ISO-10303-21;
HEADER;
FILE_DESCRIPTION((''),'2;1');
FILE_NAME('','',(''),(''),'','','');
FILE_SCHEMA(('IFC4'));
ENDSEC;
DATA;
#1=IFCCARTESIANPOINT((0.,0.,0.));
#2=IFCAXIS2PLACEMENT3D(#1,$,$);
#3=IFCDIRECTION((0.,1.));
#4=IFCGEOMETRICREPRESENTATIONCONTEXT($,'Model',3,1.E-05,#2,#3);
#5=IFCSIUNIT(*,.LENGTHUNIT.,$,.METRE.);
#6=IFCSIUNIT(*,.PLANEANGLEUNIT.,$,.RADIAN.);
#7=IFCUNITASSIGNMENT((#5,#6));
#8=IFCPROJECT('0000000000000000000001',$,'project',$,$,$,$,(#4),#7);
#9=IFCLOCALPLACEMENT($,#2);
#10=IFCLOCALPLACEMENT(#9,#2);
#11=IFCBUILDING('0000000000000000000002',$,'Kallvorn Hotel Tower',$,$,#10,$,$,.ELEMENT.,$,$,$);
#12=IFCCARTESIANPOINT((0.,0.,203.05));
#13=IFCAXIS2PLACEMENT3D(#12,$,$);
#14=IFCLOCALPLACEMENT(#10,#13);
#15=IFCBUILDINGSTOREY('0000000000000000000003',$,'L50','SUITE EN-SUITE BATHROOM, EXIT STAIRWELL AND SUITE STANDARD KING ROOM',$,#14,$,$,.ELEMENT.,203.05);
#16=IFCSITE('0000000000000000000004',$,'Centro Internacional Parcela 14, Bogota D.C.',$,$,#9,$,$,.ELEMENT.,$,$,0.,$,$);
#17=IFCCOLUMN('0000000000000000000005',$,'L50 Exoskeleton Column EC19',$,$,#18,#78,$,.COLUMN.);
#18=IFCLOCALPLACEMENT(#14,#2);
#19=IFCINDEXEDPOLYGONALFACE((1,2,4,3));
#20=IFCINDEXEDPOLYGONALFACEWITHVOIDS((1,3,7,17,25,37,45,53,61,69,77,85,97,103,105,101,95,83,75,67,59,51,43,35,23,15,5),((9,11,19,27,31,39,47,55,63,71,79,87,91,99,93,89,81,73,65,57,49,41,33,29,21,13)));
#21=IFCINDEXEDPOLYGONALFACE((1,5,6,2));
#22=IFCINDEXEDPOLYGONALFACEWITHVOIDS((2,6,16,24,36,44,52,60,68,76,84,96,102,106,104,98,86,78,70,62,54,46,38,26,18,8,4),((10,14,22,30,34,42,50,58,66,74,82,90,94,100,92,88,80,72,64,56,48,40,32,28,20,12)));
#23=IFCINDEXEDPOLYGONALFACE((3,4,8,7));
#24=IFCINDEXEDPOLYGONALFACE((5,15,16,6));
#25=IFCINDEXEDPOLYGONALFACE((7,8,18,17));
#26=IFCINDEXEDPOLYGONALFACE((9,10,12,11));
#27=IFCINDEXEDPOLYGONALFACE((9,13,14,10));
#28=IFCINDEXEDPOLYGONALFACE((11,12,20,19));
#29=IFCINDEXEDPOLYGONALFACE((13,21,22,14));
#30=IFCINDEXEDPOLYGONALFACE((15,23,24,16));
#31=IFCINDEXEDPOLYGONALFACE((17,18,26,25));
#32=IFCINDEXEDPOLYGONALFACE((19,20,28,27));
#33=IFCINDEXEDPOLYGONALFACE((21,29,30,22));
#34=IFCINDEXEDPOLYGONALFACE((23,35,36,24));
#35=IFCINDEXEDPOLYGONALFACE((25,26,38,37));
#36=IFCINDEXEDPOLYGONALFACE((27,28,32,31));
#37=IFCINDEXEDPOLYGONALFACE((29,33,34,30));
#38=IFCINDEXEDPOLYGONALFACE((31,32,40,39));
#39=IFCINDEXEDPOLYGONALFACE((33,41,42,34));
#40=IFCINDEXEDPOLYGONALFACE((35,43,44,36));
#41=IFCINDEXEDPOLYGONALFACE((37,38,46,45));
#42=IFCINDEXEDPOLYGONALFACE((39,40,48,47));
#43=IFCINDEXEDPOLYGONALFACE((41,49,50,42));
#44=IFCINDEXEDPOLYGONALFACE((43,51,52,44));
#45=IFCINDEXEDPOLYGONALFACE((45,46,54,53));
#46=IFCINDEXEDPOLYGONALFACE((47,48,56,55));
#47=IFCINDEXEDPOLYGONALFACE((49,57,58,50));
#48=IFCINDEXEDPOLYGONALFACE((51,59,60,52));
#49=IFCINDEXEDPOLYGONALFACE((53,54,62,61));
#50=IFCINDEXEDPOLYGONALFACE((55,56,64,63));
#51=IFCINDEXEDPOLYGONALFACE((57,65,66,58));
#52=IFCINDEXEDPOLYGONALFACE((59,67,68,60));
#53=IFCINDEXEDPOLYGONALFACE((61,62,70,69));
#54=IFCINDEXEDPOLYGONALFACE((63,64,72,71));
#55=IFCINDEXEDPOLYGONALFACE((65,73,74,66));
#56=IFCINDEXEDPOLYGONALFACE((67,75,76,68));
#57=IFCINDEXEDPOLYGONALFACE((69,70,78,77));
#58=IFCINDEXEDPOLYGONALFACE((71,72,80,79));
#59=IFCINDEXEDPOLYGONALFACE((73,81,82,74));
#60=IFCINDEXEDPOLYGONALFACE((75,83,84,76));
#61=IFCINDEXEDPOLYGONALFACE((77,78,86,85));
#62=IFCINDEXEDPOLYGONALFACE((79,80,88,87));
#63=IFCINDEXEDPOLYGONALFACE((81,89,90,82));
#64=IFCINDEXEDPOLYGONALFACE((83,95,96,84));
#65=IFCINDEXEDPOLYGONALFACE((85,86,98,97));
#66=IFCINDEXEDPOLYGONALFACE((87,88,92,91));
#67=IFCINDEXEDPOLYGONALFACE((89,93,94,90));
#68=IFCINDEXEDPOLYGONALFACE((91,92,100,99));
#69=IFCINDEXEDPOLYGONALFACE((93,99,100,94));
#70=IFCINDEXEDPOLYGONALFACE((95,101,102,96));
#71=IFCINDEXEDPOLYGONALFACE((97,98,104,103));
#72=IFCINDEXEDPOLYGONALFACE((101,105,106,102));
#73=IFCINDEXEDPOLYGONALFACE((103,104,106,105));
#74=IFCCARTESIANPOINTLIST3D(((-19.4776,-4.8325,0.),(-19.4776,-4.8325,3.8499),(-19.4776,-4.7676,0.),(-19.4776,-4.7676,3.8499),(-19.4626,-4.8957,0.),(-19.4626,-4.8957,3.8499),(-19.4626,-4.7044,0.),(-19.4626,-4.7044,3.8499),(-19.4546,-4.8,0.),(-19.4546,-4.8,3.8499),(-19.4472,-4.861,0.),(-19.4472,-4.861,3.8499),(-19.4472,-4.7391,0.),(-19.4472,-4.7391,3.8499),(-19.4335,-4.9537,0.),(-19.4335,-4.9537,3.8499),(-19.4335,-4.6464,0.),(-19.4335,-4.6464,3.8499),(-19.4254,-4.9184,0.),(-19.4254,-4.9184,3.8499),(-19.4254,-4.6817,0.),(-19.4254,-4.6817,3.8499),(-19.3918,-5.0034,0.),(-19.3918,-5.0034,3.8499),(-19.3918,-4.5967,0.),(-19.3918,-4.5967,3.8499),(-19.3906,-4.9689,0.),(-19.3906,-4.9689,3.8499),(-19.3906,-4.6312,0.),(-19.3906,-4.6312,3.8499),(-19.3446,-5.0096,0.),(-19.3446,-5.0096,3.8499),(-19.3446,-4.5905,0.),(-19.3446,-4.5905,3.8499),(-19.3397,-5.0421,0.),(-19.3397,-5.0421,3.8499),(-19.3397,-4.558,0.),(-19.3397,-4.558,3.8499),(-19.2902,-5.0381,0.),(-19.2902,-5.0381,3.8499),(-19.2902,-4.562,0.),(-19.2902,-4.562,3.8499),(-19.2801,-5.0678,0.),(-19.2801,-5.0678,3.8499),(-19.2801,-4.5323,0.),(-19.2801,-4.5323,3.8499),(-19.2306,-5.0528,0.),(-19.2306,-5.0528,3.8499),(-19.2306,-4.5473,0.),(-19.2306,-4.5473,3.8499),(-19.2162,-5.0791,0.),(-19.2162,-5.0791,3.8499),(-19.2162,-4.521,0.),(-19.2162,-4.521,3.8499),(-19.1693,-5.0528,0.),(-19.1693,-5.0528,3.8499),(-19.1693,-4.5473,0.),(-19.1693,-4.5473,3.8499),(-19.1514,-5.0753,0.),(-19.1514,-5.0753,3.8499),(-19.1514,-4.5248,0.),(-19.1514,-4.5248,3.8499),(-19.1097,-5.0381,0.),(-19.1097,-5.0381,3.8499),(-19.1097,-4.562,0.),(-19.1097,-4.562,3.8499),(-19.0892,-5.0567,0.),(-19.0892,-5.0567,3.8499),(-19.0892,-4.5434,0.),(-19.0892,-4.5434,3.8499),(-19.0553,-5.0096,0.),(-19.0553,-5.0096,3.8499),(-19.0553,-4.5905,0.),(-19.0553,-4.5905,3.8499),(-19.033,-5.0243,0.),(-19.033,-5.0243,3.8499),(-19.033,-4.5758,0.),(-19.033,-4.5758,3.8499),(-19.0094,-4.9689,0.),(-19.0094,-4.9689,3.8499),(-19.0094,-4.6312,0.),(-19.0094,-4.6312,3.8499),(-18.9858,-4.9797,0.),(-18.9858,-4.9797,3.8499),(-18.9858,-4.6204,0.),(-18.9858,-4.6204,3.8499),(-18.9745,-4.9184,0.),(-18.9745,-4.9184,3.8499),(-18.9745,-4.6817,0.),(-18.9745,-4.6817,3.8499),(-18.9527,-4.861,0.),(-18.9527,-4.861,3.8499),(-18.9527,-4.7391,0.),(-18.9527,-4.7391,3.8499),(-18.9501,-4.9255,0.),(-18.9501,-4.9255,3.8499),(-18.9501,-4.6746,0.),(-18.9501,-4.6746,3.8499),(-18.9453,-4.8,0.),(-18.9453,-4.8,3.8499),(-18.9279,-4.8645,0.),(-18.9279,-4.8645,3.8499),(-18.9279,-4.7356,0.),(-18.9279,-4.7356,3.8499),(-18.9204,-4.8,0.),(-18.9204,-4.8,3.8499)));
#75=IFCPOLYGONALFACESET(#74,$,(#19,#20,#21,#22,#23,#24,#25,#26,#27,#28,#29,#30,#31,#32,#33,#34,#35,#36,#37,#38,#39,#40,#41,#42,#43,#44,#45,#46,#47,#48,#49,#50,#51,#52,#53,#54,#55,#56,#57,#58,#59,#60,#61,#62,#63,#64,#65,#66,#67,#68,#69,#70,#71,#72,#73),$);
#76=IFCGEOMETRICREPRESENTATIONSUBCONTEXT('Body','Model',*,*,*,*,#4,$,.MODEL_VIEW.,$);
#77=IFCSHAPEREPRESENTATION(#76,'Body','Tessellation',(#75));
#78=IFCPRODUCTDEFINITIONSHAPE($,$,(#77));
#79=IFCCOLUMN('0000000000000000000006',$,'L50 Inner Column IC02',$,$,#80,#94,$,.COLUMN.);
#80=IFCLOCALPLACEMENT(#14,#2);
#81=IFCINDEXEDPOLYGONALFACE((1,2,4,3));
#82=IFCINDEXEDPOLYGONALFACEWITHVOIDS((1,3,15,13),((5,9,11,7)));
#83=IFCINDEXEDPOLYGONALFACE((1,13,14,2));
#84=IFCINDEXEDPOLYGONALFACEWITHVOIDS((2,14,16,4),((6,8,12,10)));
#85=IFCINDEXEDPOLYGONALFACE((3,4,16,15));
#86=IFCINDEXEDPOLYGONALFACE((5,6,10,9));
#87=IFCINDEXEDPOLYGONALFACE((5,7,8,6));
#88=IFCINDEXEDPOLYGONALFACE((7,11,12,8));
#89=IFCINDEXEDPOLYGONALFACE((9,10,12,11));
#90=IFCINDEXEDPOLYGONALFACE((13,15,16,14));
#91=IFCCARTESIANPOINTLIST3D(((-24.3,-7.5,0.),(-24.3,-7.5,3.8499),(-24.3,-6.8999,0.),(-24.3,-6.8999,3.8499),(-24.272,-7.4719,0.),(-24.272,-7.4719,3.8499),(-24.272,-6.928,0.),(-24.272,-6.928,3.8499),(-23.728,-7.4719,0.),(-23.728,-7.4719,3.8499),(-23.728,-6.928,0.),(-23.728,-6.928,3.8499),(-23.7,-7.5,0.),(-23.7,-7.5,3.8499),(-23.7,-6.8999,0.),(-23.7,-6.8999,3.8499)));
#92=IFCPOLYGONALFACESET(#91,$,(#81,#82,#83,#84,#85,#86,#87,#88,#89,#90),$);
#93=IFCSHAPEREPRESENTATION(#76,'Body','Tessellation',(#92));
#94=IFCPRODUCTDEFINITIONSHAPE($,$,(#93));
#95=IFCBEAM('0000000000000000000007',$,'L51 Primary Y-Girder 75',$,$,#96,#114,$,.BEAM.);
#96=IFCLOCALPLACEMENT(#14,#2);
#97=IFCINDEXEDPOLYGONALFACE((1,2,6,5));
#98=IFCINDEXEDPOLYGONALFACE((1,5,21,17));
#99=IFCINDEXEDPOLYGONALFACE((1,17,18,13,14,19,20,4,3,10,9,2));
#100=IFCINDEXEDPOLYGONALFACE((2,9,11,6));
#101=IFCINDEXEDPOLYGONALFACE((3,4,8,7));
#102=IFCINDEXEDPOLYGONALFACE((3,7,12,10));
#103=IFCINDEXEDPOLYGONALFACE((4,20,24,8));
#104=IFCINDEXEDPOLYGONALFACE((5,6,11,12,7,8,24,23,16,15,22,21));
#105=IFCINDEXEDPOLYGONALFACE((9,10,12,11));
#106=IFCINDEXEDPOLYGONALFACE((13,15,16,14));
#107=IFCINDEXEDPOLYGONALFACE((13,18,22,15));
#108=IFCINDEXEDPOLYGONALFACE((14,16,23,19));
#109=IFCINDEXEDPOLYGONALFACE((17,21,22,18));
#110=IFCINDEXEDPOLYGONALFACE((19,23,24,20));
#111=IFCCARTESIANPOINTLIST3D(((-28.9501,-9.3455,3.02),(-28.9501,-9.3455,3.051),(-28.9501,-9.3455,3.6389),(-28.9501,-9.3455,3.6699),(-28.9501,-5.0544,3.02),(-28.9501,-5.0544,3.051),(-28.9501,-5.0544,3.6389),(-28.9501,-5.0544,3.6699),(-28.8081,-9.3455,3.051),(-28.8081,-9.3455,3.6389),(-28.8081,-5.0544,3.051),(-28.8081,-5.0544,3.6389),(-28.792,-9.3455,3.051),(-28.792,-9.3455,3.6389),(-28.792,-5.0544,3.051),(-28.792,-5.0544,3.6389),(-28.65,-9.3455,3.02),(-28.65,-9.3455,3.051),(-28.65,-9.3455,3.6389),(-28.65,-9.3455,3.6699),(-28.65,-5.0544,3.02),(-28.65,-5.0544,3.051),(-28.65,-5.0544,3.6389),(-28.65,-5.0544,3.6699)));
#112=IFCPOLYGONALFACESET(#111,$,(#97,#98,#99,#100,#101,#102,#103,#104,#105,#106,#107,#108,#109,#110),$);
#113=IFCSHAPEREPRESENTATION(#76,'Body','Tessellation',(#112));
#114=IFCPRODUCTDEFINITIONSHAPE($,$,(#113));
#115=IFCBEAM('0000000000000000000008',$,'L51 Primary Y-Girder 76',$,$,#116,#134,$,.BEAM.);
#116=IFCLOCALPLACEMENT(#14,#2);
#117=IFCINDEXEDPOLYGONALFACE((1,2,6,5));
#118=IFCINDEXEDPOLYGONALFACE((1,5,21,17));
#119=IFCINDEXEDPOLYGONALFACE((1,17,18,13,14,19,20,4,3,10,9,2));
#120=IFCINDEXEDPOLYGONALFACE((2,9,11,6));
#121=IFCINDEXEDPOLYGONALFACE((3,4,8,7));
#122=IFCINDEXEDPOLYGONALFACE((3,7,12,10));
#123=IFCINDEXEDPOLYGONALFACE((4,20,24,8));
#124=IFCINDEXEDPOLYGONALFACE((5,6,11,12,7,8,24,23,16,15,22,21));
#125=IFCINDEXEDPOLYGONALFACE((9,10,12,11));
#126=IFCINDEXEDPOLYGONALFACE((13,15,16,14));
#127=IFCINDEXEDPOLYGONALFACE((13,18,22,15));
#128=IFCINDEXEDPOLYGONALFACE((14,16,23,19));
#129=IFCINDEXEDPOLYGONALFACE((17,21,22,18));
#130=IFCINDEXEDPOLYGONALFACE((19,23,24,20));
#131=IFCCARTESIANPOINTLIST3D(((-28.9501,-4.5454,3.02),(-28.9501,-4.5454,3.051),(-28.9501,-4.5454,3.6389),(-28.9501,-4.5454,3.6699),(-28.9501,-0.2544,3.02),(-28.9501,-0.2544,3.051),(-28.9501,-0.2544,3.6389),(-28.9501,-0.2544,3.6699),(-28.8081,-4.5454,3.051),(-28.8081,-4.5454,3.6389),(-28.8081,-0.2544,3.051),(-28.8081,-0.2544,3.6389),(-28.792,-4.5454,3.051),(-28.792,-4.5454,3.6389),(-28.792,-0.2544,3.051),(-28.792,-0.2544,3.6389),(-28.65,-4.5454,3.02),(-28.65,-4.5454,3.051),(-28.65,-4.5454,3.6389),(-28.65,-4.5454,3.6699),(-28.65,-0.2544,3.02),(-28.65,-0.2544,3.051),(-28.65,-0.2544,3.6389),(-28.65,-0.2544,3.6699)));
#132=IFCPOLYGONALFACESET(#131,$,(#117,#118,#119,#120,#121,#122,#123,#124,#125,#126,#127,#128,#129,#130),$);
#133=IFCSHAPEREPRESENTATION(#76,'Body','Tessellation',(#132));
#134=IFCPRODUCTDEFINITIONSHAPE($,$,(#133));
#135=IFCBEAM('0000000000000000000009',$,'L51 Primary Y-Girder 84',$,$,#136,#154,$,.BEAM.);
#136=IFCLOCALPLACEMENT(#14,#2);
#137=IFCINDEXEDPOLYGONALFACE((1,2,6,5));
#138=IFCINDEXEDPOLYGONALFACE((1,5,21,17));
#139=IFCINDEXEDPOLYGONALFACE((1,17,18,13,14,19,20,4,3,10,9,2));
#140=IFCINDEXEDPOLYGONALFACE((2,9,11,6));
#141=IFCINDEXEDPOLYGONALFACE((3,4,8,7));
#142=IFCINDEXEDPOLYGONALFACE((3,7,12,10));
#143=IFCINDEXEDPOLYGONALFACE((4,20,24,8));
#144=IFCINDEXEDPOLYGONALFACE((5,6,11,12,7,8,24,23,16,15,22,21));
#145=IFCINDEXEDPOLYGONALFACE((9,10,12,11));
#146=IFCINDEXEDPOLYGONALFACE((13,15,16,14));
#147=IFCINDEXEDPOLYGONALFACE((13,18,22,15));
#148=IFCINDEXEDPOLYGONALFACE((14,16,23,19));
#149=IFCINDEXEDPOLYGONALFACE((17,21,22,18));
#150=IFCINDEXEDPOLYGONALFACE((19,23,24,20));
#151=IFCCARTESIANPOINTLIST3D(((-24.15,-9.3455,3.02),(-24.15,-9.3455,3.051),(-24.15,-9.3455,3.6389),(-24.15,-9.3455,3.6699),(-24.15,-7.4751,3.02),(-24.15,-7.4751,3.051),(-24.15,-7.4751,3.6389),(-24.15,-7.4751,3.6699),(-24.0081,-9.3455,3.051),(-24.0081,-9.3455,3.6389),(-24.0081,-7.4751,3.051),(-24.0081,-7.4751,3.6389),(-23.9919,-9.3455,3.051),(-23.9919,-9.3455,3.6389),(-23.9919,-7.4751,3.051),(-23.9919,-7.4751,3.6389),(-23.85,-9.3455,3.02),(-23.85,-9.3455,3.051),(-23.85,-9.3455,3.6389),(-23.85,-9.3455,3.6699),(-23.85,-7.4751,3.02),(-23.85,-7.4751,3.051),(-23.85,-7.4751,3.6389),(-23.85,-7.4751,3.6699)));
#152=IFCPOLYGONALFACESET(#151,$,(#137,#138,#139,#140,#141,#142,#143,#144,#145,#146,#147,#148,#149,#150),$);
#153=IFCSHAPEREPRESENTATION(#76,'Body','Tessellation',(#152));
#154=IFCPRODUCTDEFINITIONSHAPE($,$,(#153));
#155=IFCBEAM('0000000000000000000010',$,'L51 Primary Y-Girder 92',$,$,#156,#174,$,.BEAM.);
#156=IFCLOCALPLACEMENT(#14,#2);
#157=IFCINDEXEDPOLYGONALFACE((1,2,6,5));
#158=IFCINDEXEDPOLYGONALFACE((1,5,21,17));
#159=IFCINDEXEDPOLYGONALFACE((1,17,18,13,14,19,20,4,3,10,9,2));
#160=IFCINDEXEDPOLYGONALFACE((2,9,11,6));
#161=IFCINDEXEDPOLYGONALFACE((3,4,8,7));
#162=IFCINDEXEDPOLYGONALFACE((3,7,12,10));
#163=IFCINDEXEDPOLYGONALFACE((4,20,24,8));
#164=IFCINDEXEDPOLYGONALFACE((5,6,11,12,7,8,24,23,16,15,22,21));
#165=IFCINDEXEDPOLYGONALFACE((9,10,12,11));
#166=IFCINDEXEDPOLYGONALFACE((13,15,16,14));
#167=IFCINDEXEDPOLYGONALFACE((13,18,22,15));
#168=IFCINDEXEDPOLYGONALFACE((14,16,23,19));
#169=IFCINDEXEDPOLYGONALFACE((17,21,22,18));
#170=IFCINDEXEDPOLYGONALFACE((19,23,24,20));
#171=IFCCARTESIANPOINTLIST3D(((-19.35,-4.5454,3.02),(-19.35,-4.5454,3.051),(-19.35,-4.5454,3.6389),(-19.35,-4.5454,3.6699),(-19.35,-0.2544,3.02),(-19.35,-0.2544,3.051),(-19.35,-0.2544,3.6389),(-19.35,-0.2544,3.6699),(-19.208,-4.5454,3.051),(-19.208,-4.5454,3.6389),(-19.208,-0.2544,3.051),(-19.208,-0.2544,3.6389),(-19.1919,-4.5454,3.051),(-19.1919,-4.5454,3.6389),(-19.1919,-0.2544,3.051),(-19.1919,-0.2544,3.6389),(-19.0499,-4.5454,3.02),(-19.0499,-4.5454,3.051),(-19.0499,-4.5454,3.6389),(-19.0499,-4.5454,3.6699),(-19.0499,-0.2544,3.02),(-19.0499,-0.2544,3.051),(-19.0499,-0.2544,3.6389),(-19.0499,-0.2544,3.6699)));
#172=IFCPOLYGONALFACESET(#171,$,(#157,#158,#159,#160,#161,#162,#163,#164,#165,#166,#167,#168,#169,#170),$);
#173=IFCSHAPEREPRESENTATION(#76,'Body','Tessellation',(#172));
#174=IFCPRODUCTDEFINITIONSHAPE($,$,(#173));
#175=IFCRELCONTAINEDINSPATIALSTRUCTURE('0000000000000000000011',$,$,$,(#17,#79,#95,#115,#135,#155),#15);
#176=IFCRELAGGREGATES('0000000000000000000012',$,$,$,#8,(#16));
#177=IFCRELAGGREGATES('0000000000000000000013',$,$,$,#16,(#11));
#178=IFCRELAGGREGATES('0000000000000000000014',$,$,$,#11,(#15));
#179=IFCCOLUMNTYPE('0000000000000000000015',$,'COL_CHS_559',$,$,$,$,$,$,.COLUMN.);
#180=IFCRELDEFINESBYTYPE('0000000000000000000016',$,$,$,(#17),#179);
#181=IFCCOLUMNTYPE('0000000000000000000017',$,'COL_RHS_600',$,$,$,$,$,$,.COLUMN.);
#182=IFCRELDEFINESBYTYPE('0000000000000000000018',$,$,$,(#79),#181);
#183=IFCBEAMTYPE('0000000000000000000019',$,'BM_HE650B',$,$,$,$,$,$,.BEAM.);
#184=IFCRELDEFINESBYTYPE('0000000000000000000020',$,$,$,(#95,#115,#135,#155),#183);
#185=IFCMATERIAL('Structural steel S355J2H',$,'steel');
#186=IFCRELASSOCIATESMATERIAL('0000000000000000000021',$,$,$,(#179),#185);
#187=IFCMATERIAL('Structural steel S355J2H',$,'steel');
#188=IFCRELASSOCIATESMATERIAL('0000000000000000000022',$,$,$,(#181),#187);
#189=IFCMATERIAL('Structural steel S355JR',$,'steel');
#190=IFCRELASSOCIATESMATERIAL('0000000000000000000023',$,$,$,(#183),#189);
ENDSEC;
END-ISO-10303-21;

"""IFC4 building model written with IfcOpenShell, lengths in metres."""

from ifc_helpers import new_model, si_unit, direction, frame, origin, origin_2d, place, context, subcontext, project, spatial, hollow_rectangle, hollow_circle, i_section, extrude, material, material_profile, profile_set, type_object, element, save


model = new_model("IFC4")

# Units and contexts
model_context = context("Model", 3, precision=1e-05, world=origin(), true_north=direction((0.0, 1.0)))
body_context = subcontext(model_context, "Body", "Model", "MODEL_VIEW")
ifc_project = project(units=[si_unit("LENGTHUNIT", "METRE"), si_unit("PLANEANGLEUNIT", "RADIAN")], contexts=[model_context])

# Site, building, storey
site_placement = place(None, origin())
site = spatial("IfcSite", under=ifc_project, at=site_placement, Name="Centro Internacional Parcela 14, Bogota D.C.", CompositionType="ELEMENT", RefElevation=0.0)
building_placement = place(site_placement, origin())
building = spatial("IfcBuilding", under=site, at=building_placement, Name="Kallvorn Hotel Tower", CompositionType="ELEMENT")
storey_placement = place(building_placement, frame((0.0, 0.0, 203.05)))
storey = spatial("IfcBuildingStorey", under=building, at=storey_placement, Name="L50", Description="SUITE EN-SUITE BATHROOM, EXIT STAIRWELL AND SUITE STANDARD KING ROOM", CompositionType="ELEMENT", Elevation=203.05)

# Columns
ifc_material_1 = material(Name="Structural steel S355J2H", Category="steel")
ifc_material_profile_1 = material_profile(ifc_material_1, hollow_circle(Radius=0.2795, WallThickness=0.0249, at=origin_2d()), Name="CHS 559x25")
ifc_profile_set_1 = profile_set([ifc_material_profile_1], Name="Structural steel S355J2H")
column_type_1 = type_object("IfcColumnType", Name="COL_CHS_559", PredefinedType="COLUMN", material=ifc_profile_set_1)
for number, where, z_axis, x_axis, name in (
    (1, (-19.2, -4.8, 0.0), (0.0, 0.0, 1.0), (1.0, 0.0, 0.0), "L50 Exoskeleton Column EC19"),
):
    element("IfcColumn", number, at=place(storey_placement, frame(where, z_axis=z_axis, x_axis=x_axis)), inside=storey, type_object=column_type_1, Name=name, PredefinedType="COLUMN", context=body_context, shape_type="SweptSolid", body=[
        extrude(hollow_circle(Radius=0.2795, WallThickness=0.0249, at=origin_2d()), origin(), (0.0, 0.0, 1.0), 3.8499),
    ])
ifc_material_2 = material(Name="Structural steel S355J2H", Category="steel")
ifc_material_profile_2 = material_profile(ifc_material_2, hollow_rectangle(XDim=0.6001, YDim=0.6001, WallThickness=0.0281, at=origin_2d()), Name="RHS 600x600x28")
ifc_profile_set_2 = profile_set([ifc_material_profile_2], Name="Structural steel S355J2H")
column_type_2 = type_object("IfcColumnType", Name="COL_RHS_600", PredefinedType="COLUMN", material=ifc_profile_set_2)
column_placement = place(storey_placement, frame((-24.0, -7.2, 0.0), z_axis=(0.0, 0.0, 1.0), x_axis=(1.0, 0.0, 0.0)))
element("IfcColumn", 2, at=column_placement, inside=storey, type_object=column_type_2, Name="L50 Inner Column IC02", PredefinedType="COLUMN", context=body_context, shape_type="SweptSolid", body=[
    extrude(hollow_rectangle(XDim=0.6001, YDim=0.6001, WallThickness=0.0281, at=origin_2d()), origin(), (0.0, 0.0, 1.0), 3.8499),
])

# Beams
ifc_material_3 = material(Name="Structural steel S355JR", Category="steel")
ifc_material_profile_3 = material_profile(ifc_material_3, i_section(OverallWidth=0.3, OverallDepth=0.6499, WebThickness=0.0161, FlangeThickness=0.031, at=origin_2d()), Name="HE 650 B")
ifc_profile_set_3 = profile_set([ifc_material_profile_3], Name="Structural steel S355JR")
beam_type_1 = type_object("IfcBeamType", Name="BM_HE650B", PredefinedType="BEAM", material=ifc_profile_set_3)
for number, where, z_axis, x_axis, name in (
    (3, (-28.8, -9.3455, 3.345), (0.0, 1.0, 0.0), (-1.0, 0.0, 0.0), "L51 Primary Y-Girder 75"),
    (4, (-28.8, -4.5454, 3.345), (0.0, 1.0, 0.0), (-1.0, 0.0, 0.0), "L51 Primary Y-Girder 76"),
):
    element("IfcBeam", number, at=place(storey_placement, frame(where, z_axis=z_axis, x_axis=x_axis)), inside=storey, type_object=beam_type_1, Name=name, PredefinedType="BEAM", context=body_context, shape_type="SweptSolid", body=[
        extrude(i_section(OverallWidth=0.3, OverallDepth=0.6499, WebThickness=0.0161, FlangeThickness=0.031, at=origin_2d()), origin(), (0.0, 0.0, 1.0), 4.291),
    ])
beam_1_placement = place(storey_placement, frame((-24.0, -9.3455, 3.345), z_axis=(0.0, 1.0, 0.0), x_axis=(-1.0, 0.0, 0.0)))
element("IfcBeam", 5, at=beam_1_placement, inside=storey, type_object=beam_type_1, Name="L51 Primary Y-Girder 84", PredefinedType="BEAM", context=body_context, shape_type="SweptSolid", body=[
    extrude(i_section(OverallWidth=0.3, OverallDepth=0.6499, WebThickness=0.0161, FlangeThickness=0.031, at=origin_2d()), origin(), (0.0, 0.0, 1.0), 1.8704),
])
beam_2_placement = place(storey_placement, frame((-19.2, -4.5454, 3.345), z_axis=(0.0, 1.0, 0.0), x_axis=(-1.0, 0.0, 0.0)))
element("IfcBeam", 6, at=beam_2_placement, inside=storey, type_object=beam_type_1, Name="L51 Primary Y-Girder 92", PredefinedType="BEAM", context=body_context, shape_type="SweptSolid", body=[
    extrude(i_section(OverallWidth=0.3, OverallDepth=0.6499, WebThickness=0.0161, FlangeThickness=0.031, at=origin_2d()), origin(), (0.0, 0.0, 1.0), 4.291),
])

save(model, "model.ifc")
